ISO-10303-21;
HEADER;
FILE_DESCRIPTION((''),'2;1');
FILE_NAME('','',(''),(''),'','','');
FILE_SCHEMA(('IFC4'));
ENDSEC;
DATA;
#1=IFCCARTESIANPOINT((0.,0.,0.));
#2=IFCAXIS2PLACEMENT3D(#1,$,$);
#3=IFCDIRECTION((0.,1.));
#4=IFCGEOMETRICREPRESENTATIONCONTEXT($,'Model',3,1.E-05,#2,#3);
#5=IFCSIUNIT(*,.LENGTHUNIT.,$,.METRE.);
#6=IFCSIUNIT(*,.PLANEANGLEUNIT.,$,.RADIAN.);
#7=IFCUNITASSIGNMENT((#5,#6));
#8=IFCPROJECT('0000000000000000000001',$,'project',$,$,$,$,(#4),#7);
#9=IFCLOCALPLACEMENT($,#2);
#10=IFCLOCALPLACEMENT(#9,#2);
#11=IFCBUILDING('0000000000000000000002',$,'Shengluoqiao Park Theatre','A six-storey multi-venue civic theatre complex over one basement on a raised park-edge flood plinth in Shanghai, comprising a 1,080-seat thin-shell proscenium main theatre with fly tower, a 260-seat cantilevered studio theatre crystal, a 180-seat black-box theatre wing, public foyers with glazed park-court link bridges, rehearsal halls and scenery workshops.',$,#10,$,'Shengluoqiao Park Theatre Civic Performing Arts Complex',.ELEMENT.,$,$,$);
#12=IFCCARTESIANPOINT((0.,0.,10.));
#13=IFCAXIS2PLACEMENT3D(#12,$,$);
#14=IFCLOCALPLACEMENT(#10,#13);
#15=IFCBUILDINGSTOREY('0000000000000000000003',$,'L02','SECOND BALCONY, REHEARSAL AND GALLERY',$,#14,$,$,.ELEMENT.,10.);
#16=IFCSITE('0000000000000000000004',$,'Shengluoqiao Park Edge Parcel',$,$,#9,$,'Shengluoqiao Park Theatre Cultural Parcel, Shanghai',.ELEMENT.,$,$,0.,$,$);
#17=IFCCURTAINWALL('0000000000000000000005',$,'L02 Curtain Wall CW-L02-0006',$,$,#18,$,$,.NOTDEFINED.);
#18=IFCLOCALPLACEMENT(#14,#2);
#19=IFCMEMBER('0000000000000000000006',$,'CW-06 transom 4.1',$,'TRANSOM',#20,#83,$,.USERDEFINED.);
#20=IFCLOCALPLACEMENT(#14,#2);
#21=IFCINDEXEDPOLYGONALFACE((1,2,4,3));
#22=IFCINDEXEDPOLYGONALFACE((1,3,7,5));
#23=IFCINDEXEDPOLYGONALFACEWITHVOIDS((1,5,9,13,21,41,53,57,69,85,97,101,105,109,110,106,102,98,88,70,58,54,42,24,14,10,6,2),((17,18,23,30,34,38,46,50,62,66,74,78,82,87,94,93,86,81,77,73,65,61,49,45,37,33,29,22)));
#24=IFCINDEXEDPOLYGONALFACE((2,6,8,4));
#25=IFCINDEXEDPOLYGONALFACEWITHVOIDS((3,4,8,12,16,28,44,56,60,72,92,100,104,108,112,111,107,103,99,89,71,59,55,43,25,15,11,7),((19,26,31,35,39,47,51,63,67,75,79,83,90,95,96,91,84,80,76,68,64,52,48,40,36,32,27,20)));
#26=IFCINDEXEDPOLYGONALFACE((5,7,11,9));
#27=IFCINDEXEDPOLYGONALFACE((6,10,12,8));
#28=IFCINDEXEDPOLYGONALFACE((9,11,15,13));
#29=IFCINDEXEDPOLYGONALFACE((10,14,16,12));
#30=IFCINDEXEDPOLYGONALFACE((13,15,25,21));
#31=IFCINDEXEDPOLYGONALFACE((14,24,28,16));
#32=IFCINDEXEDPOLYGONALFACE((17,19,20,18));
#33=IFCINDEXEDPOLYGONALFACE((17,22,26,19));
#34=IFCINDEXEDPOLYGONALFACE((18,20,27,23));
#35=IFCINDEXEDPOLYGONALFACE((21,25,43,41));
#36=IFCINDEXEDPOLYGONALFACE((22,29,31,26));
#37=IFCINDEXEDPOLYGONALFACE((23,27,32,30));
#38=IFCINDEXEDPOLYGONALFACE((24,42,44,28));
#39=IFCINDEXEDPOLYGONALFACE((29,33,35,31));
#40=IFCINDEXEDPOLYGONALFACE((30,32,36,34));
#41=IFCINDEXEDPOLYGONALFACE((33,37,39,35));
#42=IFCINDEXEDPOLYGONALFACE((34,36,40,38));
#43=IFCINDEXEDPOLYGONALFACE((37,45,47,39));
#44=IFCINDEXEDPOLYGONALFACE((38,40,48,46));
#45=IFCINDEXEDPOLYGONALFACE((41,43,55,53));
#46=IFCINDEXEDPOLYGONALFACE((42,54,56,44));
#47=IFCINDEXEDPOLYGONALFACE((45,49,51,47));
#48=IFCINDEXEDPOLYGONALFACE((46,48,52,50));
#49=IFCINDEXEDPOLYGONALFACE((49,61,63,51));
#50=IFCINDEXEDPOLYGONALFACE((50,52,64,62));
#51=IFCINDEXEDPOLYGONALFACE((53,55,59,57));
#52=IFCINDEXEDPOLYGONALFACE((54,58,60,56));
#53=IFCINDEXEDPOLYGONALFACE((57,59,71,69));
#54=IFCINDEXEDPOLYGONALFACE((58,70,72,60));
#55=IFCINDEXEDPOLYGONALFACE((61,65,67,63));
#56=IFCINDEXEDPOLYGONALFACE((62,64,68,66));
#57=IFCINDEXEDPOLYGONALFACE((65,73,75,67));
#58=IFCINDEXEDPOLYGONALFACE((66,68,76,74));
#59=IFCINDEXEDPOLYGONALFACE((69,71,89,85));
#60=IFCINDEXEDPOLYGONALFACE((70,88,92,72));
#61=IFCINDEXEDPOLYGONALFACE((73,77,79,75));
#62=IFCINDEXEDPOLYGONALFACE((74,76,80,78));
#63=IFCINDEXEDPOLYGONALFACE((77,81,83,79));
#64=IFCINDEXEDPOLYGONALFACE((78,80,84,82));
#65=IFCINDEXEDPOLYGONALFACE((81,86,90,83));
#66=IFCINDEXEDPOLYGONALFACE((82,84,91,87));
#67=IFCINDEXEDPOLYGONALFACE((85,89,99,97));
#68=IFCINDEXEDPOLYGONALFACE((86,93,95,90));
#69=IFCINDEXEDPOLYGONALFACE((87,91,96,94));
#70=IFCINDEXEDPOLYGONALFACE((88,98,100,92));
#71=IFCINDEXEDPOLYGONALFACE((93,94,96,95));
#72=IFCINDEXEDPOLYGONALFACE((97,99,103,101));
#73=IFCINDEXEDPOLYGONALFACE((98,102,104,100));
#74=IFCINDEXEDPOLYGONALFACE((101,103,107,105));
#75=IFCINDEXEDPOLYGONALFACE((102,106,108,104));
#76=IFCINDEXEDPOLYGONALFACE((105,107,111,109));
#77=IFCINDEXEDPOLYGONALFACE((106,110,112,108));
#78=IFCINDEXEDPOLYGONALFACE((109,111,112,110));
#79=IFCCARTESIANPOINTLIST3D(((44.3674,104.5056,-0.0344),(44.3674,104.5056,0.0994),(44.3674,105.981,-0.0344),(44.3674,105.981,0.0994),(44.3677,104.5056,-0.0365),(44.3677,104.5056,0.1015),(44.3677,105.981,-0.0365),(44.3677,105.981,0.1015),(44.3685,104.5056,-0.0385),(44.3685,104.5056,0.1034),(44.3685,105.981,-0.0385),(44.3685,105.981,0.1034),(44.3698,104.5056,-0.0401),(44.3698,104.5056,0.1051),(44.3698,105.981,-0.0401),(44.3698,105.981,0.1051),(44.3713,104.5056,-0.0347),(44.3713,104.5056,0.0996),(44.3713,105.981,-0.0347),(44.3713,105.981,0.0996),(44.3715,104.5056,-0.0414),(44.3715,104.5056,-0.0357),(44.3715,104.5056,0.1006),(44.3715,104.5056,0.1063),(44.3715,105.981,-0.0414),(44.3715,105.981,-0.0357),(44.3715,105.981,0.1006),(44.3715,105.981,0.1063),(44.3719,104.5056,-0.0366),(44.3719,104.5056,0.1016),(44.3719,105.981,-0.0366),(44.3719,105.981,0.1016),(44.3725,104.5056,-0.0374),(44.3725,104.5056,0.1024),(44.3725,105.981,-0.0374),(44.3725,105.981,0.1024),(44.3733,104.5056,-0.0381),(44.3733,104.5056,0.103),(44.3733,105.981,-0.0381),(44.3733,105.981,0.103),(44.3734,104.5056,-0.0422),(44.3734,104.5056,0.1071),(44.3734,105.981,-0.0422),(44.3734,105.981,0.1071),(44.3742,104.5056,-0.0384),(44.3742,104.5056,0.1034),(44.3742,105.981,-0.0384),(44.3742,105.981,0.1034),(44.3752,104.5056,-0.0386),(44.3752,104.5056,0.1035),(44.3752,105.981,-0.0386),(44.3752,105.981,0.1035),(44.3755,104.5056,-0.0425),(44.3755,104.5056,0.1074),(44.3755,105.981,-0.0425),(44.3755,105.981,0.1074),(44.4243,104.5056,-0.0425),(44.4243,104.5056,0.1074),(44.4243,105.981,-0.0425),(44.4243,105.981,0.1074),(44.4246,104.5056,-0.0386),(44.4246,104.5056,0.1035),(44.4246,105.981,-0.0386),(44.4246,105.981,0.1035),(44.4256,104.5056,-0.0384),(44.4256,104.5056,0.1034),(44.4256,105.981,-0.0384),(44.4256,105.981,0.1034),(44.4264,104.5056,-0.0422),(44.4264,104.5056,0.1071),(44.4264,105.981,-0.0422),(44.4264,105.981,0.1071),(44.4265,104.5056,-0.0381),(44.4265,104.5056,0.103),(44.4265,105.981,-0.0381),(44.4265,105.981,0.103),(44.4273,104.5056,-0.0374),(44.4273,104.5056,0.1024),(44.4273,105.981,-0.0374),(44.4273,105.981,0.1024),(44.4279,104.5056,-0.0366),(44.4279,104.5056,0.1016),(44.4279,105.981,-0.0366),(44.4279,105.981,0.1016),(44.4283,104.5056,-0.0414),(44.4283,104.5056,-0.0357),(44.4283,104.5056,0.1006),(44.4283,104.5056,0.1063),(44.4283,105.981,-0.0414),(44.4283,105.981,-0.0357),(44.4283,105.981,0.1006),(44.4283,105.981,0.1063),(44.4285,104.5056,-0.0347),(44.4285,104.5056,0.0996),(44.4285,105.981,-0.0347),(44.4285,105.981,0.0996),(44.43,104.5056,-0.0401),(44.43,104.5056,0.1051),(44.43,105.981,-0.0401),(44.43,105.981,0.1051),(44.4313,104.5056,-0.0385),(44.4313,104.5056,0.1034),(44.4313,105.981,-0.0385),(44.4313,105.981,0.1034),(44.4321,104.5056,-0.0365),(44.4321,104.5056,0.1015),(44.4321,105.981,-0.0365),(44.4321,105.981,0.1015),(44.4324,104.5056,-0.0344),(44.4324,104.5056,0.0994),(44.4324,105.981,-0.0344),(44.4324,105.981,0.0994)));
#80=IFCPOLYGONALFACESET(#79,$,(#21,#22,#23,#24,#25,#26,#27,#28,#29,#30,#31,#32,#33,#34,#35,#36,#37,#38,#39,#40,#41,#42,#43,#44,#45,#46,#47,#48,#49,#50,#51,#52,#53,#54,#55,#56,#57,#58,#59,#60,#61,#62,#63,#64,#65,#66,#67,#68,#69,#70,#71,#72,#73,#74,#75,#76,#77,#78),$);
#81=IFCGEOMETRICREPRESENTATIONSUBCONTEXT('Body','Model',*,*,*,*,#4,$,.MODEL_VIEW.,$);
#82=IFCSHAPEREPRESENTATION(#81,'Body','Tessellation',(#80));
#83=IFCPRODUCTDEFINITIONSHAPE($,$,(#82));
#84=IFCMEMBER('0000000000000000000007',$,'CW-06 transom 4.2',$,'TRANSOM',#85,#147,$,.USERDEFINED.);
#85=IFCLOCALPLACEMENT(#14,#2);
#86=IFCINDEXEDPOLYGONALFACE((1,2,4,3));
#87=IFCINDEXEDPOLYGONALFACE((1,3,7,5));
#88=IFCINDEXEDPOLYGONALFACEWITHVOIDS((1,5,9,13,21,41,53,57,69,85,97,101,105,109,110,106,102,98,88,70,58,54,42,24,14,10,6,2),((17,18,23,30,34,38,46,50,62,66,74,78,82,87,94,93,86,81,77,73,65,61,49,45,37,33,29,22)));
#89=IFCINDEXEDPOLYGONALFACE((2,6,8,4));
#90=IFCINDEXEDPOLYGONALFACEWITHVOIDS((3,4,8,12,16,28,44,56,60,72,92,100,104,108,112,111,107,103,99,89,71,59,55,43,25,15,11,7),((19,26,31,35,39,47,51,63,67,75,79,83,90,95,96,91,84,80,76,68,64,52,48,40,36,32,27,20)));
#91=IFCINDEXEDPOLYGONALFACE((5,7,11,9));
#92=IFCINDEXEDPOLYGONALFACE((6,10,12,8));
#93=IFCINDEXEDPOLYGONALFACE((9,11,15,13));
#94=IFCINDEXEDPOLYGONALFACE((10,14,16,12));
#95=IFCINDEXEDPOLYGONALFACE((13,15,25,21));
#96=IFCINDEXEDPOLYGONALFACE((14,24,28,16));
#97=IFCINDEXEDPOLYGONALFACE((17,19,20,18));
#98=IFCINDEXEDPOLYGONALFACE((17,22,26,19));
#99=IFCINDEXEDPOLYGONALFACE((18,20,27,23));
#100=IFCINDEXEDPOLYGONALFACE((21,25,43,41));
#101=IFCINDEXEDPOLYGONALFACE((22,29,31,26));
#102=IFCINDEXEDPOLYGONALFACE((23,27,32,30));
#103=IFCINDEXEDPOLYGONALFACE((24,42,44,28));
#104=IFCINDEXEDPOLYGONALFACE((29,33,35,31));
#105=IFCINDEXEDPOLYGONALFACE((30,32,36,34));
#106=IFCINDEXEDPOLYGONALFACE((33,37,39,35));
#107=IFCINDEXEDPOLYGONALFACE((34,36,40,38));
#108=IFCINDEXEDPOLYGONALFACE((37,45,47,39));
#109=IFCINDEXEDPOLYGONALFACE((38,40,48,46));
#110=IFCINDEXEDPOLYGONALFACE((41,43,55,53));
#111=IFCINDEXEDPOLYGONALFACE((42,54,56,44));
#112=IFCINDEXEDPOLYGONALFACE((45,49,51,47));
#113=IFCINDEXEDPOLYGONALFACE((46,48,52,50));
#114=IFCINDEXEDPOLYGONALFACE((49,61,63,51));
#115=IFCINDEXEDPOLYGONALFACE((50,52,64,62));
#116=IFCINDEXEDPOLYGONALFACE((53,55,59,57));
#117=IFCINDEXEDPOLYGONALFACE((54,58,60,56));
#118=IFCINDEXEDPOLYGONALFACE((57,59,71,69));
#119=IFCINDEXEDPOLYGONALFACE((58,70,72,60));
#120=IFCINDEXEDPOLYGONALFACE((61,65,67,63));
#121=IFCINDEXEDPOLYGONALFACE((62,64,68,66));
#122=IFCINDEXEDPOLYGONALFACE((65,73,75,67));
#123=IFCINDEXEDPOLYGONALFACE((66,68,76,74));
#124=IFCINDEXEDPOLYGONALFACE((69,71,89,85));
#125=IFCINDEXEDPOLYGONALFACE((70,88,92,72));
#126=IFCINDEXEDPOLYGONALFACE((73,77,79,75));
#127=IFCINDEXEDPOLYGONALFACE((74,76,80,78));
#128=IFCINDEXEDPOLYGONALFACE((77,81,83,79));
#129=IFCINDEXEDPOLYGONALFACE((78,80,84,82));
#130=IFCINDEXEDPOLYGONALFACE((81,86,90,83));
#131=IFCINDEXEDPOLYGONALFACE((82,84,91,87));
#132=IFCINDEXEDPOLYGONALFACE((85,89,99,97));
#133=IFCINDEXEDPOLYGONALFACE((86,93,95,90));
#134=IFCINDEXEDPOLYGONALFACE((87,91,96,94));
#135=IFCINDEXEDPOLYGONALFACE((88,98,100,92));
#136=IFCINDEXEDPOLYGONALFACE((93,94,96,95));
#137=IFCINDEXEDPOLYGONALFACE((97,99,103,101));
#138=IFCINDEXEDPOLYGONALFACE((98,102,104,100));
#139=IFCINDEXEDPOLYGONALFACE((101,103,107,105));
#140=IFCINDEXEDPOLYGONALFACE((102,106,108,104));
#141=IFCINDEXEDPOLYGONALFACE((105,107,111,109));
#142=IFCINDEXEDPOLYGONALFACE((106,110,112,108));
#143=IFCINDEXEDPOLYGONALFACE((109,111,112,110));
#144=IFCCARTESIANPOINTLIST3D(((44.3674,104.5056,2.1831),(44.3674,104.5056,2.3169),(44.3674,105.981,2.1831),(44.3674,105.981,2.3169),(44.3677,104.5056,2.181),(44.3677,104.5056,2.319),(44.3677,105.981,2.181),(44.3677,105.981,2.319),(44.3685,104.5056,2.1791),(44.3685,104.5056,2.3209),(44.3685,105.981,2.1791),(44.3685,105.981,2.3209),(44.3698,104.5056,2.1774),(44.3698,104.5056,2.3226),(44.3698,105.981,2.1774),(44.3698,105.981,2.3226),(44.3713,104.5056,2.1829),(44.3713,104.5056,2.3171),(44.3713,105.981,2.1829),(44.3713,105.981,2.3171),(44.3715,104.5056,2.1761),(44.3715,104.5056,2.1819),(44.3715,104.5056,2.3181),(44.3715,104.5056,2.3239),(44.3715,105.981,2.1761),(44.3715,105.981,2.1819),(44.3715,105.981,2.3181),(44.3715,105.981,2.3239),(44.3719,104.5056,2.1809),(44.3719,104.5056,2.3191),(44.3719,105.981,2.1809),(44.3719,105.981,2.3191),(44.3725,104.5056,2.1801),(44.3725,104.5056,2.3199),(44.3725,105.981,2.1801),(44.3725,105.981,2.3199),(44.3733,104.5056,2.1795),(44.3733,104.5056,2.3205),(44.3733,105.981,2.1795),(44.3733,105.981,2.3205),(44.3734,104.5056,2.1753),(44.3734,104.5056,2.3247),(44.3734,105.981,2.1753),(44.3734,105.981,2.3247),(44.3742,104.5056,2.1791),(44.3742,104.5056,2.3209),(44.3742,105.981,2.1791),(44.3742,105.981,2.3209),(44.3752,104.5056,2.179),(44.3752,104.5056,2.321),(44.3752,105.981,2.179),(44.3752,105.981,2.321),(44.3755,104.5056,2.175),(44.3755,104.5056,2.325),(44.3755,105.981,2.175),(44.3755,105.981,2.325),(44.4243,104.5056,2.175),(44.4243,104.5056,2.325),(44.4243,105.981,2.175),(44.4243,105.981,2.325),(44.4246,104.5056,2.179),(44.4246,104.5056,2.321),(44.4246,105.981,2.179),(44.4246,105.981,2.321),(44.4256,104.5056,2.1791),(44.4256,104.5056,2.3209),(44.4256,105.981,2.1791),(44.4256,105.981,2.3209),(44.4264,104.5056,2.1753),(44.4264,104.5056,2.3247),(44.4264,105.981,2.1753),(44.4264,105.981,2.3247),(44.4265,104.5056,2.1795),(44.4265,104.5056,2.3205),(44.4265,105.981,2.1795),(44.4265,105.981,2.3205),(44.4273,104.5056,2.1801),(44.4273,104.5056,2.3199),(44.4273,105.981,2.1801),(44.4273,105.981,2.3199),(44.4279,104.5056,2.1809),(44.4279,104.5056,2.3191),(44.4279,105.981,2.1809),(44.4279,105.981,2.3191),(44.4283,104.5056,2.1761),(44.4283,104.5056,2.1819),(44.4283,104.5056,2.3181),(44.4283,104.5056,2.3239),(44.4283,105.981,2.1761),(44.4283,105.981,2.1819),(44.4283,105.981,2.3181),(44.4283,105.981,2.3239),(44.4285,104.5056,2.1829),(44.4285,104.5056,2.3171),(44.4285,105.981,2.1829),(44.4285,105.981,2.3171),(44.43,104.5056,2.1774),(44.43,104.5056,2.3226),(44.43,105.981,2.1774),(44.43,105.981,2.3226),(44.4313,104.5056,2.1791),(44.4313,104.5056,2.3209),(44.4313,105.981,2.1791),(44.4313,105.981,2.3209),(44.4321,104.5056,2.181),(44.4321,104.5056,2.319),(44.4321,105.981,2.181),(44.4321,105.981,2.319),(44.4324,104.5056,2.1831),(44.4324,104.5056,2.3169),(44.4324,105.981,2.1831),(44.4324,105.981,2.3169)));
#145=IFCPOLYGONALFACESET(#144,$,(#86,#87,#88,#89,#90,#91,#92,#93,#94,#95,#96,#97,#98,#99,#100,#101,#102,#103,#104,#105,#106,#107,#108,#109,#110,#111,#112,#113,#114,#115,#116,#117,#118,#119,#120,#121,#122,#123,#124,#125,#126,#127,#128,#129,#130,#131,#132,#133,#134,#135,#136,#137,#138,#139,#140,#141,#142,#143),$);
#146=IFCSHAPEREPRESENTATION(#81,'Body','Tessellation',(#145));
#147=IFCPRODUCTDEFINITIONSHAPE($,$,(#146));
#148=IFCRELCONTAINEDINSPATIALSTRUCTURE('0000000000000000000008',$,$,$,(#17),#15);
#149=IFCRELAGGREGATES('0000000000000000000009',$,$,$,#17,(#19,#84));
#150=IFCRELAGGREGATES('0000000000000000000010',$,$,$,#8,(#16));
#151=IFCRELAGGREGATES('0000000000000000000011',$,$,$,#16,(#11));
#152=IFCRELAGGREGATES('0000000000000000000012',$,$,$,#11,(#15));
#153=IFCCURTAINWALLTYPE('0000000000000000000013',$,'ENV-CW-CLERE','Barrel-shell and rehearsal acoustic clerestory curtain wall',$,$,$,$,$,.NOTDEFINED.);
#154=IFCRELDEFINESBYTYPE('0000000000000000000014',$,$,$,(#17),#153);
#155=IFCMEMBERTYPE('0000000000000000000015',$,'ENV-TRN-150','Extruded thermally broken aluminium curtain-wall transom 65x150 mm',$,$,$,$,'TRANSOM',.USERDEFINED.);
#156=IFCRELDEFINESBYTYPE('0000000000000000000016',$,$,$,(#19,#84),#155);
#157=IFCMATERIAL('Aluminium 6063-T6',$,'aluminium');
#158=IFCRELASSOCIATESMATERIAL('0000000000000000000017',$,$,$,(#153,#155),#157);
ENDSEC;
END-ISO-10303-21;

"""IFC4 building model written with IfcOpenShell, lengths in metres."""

from ifc_helpers import new_model, si_unit, direction, frame, origin, origin_2d, place, context, subcontext, project, spatial, hollow_rectangle, extrude, material, material_profile, profile_set, type_object, element, aggregate, save


model = new_model("IFC4")

# Units and contexts
model_context = context("Model", 3, precision=1e-05, world=origin(), true_north=direction((0.0, 1.0)))
body_context = subcontext(model_context, "Body", "Model", "MODEL_VIEW")
ifc_project = project(units=[si_unit("LENGTHUNIT", "METRE"), si_unit("PLANEANGLEUNIT", "RADIAN")], contexts=[model_context])

# Site, building, storey
site_placement = place(None, origin())
site = spatial("IfcSite", under=ifc_project, at=site_placement, Name="Shengluoqiao Park Edge Parcel", LongName="Shengluoqiao Park Theatre Cultural Parcel, Shanghai", CompositionType="ELEMENT", RefElevation=0.0)
building_placement = place(site_placement, origin())
building = spatial("IfcBuilding", under=site, at=building_placement, Name="Shengluoqiao Park Theatre", Description="A six-storey multi-venue civic theatre complex over one basement on a raised park-edge flood plinth in Shanghai, comprising a 1,080-seat thin-shell proscenium main theatre with fly tower, a 260-seat cantilevered studio theatre crystal, a 180-seat black-box theatre wing, public foyers with glazed park-court link bridges, rehearsal halls and scenery workshops.", LongName="Shengluoqiao Park Theatre Civic Performing Arts Complex", CompositionType="ELEMENT")
storey_placement = place(building_placement, frame((0.0, 0.0, 10.0)))
storey = spatial("IfcBuildingStorey", under=building, at=storey_placement, Name="L02", Description="SECOND BALCONY, REHEARSAL AND GALLERY", CompositionType="ELEMENT", Elevation=10.0)

# Curtain wall, members
ifc_material_1 = material(Name="Aluminium 6063-T6", Category="aluminium")
curtain_wall_type = type_object("IfcCurtainWallType", Name="ENV-CW-CLERE", Description="Barrel-shell and rehearsal acoustic clerestory curtain wall", PredefinedType="NOTDEFINED", material=ifc_material_1)
curtain_wall_placement = place(storey_placement, origin())
curtain_wall = element("IfcCurtainWall", 1, at=curtain_wall_placement, inside=storey, type_object=curtain_wall_type, Name="L02 Curtain Wall CW-L02-0006", PredefinedType="NOTDEFINED")
ifc_material_profile_1 = material_profile(ifc_material_1, hollow_rectangle(XDim=0.0649, YDim=0.1499, WallThickness=0.0039, InnerFilletRadius=0.0039, OuterFilletRadius=0.0081, at=origin_2d()), Name="ALU TRANSOM 150x65x4")
ifc_profile_set_1 = profile_set([ifc_material_profile_1], Name="Aluminium 6063-T6")
member_type_1 = type_object("IfcMemberType", Name="ENV-TRN-150", Description="Extruded thermally broken aluminium curtain-wall transom 65x150 mm", ElementType="TRANSOM", PredefinedType="USERDEFINED", material=ifc_profile_set_1)
member_1_placement = place(storey_placement, frame((44.3999, 104.5056, 0.0325), z_axis=(0.0, 1.0, 0.0), x_axis=(-1.0, 0.0, 0.0)))
member_1 = element("IfcMember", 2, at=member_1_placement, type_object=member_type_1, Name="CW-06 transom 4.1", ObjectType="TRANSOM", PredefinedType="USERDEFINED", context=body_context, shape_type="SweptSolid", body=[
    extrude(hollow_rectangle(XDim=0.0649, YDim=0.1499, WallThickness=0.0039, InnerFilletRadius=0.0039, OuterFilletRadius=0.0081, at=origin_2d()), origin(), (0.0, 0.0, 1.0), 1.4753),
])
member_2_placement = place(storey_placement, frame((44.3999, 104.5056, 2.25), z_axis=(0.0, 1.0, 0.0), x_axis=(-1.0, 0.0, 0.0)))
member_2 = element("IfcMember", 3, at=member_2_placement, type_object=member_type_1, Name="CW-06 transom 4.2", ObjectType="TRANSOM", PredefinedType="USERDEFINED", context=body_context, shape_type="SweptSolid", body=[
    extrude(hollow_rectangle(XDim=0.0649, YDim=0.1499, WallThickness=0.0039, InnerFilletRadius=0.0039, OuterFilletRadius=0.0081, at=origin_2d()), origin(), (0.0, 0.0, 1.0), 1.4753),
])
aggregate(curtain_wall, [member_1, member_2])

save(model, "model.ifc")
